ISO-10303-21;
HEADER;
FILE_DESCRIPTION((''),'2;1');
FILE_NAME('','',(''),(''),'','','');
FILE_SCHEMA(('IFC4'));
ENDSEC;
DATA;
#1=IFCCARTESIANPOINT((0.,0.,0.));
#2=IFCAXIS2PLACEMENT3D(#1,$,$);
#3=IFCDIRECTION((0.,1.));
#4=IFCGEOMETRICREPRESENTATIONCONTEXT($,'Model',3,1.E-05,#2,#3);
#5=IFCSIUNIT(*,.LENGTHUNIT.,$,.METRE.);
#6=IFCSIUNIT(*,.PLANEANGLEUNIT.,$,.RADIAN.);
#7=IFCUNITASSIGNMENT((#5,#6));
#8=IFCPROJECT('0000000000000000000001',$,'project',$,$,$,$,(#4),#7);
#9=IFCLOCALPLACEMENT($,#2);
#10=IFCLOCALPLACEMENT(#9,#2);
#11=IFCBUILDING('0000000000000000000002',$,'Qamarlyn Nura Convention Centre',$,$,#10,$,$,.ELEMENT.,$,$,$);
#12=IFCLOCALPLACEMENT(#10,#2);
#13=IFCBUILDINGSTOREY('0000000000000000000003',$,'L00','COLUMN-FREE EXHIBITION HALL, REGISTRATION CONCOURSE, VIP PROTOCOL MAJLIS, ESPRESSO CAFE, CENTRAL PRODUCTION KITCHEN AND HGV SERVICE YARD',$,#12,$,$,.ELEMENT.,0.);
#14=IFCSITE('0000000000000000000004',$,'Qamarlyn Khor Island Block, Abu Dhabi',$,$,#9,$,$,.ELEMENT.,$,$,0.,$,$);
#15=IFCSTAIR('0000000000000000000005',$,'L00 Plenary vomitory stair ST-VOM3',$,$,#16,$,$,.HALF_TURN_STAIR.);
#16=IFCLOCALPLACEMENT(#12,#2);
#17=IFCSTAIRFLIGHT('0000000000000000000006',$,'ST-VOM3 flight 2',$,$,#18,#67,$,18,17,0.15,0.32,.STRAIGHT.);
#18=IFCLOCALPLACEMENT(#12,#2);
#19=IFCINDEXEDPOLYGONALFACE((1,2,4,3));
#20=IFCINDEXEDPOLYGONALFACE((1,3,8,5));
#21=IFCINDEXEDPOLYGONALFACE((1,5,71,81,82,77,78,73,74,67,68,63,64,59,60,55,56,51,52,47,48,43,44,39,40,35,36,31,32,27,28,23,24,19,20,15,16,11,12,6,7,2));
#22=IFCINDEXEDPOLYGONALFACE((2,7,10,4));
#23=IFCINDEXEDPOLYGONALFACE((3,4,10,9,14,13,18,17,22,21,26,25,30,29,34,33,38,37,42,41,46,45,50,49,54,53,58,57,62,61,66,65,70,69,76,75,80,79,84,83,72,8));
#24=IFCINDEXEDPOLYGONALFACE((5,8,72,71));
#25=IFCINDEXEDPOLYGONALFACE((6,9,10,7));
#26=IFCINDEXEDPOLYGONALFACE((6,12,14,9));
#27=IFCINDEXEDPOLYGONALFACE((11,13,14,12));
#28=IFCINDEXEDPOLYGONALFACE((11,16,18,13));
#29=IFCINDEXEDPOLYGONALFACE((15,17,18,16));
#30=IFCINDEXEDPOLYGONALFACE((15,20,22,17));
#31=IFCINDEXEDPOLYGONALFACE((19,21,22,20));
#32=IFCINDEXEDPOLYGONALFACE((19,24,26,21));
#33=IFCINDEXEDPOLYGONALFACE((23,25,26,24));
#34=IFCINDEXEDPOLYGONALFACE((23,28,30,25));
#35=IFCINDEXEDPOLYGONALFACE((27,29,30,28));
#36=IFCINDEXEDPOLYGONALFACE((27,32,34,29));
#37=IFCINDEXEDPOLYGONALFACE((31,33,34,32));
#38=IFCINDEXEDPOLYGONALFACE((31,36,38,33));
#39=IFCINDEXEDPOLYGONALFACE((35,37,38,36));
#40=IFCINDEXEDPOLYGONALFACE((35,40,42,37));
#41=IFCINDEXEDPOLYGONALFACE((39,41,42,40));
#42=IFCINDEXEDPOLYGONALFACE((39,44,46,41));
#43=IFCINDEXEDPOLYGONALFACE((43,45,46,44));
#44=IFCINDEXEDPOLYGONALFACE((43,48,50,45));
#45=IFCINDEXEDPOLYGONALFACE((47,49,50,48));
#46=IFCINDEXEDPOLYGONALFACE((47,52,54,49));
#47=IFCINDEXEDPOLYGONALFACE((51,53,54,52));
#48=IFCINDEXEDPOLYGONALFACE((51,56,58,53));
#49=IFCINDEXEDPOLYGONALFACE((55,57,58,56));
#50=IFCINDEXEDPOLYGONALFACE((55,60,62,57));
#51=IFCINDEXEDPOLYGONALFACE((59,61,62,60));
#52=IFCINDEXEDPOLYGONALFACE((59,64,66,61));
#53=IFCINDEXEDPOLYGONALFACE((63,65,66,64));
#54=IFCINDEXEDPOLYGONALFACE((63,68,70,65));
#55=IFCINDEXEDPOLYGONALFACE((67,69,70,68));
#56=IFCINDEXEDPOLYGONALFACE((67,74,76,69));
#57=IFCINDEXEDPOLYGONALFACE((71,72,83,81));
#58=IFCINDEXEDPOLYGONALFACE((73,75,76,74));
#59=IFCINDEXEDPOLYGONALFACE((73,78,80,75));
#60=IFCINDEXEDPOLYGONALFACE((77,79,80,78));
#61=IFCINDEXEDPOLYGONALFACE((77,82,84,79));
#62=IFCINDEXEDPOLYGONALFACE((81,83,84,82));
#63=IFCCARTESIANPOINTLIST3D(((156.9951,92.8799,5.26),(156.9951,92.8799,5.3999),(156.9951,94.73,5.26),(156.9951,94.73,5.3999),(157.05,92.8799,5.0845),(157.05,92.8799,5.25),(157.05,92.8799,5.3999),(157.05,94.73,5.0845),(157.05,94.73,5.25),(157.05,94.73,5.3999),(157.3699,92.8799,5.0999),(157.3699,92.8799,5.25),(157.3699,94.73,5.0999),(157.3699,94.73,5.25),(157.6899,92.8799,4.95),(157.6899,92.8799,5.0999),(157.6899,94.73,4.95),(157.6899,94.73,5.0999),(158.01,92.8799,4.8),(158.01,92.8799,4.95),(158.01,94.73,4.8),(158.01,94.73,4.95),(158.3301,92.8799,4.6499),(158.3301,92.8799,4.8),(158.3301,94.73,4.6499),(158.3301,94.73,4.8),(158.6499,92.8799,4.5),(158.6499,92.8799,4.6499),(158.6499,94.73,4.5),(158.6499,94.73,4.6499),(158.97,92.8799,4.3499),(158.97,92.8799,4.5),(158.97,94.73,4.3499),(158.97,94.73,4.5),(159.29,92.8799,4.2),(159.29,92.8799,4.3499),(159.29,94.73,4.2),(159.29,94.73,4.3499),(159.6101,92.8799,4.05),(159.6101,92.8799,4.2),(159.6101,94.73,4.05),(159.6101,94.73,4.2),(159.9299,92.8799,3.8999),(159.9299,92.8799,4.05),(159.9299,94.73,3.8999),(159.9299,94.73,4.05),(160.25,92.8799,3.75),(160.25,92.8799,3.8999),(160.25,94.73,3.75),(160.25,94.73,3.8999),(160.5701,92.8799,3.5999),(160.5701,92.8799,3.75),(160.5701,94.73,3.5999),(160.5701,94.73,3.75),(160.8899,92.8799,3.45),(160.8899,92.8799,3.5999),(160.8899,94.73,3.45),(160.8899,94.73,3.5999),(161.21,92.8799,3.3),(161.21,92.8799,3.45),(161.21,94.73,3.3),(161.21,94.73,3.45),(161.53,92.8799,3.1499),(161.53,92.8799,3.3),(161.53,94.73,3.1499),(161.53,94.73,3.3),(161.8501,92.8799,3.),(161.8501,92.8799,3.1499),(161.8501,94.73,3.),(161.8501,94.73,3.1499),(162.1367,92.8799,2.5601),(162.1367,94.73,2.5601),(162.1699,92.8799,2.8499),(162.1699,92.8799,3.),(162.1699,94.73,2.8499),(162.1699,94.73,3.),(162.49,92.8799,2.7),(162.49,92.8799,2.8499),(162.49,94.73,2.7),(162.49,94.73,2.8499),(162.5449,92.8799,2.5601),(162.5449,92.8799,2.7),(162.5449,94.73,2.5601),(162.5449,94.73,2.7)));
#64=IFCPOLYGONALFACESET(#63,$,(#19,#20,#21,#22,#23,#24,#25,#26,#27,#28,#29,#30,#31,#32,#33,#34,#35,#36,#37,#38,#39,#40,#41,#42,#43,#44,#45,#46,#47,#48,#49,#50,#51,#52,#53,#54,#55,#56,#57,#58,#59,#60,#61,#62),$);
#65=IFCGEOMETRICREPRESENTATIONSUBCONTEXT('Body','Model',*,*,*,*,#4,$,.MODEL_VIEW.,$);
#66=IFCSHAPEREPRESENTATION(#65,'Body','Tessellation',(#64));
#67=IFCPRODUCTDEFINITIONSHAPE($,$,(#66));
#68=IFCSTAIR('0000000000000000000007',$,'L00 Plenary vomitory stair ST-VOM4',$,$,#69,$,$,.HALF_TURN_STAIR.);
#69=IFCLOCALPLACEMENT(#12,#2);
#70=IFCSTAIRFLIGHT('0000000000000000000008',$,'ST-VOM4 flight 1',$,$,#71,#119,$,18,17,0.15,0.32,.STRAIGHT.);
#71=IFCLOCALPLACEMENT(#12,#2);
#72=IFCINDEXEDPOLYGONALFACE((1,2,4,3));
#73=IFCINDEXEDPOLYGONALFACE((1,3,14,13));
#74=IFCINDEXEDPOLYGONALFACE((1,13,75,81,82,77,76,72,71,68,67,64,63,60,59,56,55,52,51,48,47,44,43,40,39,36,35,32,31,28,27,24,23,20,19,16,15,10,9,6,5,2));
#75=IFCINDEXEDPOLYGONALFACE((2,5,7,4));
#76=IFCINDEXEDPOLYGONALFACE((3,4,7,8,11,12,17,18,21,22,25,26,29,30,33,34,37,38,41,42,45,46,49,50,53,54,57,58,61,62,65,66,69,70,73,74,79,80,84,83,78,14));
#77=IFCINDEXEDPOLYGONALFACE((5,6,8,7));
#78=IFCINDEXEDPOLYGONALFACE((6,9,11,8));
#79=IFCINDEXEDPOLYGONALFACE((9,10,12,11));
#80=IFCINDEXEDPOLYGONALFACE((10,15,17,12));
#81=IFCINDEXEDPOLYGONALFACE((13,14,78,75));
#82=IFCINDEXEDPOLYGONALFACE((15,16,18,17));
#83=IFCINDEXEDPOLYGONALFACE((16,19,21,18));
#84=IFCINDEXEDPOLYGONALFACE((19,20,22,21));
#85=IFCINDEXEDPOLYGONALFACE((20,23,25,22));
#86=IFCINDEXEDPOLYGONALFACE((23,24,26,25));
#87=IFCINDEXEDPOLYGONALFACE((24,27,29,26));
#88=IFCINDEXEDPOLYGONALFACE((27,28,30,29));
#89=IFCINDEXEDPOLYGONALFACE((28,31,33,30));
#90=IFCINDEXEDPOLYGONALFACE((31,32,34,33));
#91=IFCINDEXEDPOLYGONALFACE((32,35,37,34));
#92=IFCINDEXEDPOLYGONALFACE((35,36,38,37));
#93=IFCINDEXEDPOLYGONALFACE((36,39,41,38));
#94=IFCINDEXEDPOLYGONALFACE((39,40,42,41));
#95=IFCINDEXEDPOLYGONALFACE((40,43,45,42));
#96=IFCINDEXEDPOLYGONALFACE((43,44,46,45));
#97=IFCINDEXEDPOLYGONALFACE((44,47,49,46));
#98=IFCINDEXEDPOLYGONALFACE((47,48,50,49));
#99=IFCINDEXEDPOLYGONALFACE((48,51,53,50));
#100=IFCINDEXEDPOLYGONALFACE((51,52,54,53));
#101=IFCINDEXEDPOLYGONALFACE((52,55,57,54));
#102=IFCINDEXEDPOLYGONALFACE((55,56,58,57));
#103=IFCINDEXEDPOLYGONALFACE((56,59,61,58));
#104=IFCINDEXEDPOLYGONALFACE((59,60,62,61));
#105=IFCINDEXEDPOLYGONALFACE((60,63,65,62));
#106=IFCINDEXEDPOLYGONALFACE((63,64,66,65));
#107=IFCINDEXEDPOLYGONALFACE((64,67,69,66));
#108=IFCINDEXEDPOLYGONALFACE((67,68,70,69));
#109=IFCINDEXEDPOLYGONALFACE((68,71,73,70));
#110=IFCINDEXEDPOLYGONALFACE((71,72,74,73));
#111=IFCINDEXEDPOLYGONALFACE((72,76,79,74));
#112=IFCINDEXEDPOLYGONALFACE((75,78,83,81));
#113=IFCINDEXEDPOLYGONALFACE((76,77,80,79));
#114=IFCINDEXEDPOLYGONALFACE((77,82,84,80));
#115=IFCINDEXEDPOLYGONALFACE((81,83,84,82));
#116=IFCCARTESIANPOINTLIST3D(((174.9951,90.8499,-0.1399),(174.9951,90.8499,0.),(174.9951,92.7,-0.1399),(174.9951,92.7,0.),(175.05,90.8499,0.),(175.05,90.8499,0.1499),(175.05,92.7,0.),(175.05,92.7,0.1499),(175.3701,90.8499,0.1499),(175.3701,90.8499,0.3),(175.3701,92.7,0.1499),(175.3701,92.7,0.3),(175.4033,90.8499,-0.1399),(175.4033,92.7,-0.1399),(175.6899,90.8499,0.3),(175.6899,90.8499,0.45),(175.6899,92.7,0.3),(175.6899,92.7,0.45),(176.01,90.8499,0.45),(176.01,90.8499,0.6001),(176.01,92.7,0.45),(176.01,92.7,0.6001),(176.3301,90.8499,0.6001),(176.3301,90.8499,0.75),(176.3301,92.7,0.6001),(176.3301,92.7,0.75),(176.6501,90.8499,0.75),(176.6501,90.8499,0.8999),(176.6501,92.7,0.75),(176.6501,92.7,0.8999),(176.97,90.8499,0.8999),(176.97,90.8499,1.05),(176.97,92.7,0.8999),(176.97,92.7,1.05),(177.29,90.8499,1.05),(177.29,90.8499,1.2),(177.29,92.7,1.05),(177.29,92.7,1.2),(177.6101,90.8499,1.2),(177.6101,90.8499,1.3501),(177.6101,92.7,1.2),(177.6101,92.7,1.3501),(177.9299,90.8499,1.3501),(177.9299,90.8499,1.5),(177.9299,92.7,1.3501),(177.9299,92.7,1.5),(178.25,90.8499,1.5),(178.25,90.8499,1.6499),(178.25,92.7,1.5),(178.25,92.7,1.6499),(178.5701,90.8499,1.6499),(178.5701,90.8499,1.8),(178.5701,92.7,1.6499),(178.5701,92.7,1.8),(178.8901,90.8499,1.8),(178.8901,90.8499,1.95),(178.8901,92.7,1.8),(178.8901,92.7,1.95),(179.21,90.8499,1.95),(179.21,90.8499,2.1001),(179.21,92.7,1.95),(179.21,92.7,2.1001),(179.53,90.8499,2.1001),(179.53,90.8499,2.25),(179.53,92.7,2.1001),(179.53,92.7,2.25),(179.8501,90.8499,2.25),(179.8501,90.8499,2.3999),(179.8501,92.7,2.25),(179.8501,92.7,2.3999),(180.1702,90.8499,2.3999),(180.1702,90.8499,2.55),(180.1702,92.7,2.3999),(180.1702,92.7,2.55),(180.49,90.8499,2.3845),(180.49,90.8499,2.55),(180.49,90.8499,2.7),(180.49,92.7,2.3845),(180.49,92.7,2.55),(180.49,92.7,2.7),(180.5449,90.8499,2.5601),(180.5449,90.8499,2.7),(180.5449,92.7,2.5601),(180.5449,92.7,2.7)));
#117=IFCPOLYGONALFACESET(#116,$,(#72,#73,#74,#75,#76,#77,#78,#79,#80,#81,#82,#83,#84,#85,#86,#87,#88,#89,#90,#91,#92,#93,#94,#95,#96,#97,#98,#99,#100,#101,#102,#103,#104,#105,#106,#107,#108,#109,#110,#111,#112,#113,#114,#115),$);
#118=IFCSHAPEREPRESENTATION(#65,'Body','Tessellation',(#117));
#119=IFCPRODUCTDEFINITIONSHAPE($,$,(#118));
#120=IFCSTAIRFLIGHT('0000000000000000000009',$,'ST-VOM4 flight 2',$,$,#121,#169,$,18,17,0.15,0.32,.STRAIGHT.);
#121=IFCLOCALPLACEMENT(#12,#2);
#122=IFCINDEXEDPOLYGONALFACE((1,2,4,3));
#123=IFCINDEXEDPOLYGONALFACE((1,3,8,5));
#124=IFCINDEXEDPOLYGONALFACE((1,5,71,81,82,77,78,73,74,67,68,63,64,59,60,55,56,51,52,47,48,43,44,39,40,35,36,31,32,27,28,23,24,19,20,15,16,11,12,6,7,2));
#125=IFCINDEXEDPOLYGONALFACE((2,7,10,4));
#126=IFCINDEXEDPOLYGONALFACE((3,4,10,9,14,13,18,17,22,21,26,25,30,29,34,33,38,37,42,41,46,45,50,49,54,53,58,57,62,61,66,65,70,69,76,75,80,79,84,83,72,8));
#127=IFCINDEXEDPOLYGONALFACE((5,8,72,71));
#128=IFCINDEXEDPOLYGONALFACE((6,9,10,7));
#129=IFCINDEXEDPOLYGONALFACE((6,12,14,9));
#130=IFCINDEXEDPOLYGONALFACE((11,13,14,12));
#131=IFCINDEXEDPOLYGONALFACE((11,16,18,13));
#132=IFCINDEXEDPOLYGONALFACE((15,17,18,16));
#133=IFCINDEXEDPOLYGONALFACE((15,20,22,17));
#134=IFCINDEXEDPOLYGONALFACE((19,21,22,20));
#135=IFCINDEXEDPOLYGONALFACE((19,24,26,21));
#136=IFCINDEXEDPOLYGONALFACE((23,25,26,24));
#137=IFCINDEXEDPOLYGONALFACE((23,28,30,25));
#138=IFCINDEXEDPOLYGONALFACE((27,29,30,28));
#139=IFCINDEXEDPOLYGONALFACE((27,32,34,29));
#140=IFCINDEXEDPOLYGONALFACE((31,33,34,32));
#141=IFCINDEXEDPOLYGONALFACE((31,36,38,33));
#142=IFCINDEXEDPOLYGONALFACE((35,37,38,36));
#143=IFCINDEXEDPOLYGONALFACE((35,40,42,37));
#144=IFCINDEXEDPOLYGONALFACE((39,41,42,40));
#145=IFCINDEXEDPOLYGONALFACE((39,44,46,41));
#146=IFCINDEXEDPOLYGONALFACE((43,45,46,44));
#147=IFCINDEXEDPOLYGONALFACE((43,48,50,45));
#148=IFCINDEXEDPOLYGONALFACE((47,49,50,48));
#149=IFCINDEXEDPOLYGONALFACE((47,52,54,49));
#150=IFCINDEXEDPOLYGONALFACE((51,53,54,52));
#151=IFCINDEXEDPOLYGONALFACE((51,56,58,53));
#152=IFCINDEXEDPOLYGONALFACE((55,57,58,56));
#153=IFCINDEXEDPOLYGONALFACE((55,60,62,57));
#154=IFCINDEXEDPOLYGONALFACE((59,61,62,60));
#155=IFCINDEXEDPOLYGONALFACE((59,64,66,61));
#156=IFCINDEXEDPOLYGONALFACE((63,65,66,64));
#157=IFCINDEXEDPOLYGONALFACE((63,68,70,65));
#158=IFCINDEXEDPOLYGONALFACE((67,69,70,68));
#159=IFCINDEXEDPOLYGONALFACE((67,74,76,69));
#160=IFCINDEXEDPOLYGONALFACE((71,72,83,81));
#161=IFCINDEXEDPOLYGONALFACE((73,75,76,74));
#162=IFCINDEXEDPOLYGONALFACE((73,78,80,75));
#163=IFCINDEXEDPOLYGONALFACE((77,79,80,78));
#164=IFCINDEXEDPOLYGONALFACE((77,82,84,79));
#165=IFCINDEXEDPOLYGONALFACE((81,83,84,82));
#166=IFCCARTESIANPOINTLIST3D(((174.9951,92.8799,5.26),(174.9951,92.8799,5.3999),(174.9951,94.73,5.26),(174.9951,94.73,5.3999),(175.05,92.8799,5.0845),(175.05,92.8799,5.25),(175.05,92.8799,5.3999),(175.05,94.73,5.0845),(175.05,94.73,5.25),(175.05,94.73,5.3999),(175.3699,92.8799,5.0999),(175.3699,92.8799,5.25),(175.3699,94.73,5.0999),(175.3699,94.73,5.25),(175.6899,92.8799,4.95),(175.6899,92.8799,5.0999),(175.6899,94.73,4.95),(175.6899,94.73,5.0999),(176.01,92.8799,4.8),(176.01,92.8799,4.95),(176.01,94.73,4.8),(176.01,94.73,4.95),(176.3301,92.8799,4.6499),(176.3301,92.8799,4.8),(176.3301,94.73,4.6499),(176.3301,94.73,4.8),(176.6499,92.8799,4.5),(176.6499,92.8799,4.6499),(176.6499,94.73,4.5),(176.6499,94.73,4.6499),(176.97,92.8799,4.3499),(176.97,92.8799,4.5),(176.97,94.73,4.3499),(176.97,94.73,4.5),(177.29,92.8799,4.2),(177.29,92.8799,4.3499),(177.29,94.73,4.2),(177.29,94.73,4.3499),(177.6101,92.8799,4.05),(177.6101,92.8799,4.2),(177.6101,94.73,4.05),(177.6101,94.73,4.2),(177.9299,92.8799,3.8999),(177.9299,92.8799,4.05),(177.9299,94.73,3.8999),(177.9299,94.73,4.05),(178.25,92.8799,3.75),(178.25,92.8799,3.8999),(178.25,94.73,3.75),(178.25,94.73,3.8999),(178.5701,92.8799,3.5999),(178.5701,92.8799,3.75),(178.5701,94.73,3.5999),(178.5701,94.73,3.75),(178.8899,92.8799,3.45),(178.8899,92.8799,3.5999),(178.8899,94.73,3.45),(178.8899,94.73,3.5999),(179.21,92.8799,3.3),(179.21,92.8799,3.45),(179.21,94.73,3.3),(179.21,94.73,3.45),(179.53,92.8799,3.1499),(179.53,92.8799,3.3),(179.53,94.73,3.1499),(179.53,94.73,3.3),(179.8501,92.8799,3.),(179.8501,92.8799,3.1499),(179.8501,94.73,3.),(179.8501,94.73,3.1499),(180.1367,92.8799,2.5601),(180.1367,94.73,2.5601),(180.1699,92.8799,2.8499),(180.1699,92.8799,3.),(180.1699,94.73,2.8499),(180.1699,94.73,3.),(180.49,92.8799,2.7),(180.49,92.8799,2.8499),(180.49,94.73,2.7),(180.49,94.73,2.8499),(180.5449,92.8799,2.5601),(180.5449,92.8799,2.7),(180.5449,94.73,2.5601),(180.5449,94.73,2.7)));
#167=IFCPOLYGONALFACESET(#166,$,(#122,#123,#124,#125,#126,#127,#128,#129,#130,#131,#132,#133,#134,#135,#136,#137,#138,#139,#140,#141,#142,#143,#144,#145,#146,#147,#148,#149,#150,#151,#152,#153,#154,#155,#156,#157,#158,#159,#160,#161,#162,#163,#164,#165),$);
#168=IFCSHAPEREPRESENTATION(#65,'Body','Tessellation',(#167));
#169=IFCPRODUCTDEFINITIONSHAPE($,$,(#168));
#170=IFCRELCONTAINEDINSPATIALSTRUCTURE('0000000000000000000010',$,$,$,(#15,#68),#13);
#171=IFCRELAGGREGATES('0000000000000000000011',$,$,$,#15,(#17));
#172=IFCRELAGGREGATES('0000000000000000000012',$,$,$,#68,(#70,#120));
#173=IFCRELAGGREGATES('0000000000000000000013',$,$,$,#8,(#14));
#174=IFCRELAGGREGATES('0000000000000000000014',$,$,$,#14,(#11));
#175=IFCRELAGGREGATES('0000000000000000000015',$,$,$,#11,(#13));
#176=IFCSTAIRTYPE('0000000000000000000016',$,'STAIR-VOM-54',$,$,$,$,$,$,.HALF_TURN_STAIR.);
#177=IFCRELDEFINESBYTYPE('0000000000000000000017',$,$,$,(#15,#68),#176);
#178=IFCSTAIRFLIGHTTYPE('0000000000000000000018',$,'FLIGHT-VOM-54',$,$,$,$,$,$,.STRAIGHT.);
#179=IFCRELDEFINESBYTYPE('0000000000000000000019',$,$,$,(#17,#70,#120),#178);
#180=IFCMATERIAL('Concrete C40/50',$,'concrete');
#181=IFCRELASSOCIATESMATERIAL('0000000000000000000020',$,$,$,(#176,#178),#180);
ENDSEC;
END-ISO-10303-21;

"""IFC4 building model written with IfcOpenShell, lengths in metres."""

from ifc_helpers import new_model, si_unit, direction, frame, origin, place, context, subcontext, project, spatial, polyline, outline, extrude, material, type_object, element, aggregate, save


model = new_model("IFC4")

# Units and contexts
model_context = context("Model", 3, precision=1e-05, world=origin(), true_north=direction((0.0, 1.0)))
body_context = subcontext(model_context, "Body", "Model", "MODEL_VIEW")
ifc_project = project(units=[si_unit("LENGTHUNIT", "METRE"), si_unit("PLANEANGLEUNIT", "RADIAN")], contexts=[model_context])

# Site, building, storey
site_placement = place(None, origin())
site = spatial("IfcSite", under=ifc_project, at=site_placement, Name="Qamarlyn Khor Island Block, Abu Dhabi", CompositionType="ELEMENT", RefElevation=0.0)
building_placement = place(site_placement, origin())
building = spatial("IfcBuilding", under=site, at=building_placement, Name="Qamarlyn Nura Convention Centre", CompositionType="ELEMENT")
storey_placement = place(building_placement, origin())
storey = spatial("IfcBuildingStorey", under=building, at=storey_placement, Name="L00", Description="COLUMN-FREE EXHIBITION HALL, REGISTRATION CONCOURSE, VIP PROTOCOL MAJLIS, ESPRESSO CAFE, CENTRAL PRODUCTION KITCHEN AND HGV SERVICE YARD", CompositionType="ELEMENT", Elevation=0.0)

# Stair, stair flight
ifc_material_1 = material(Name="Concrete C40/50", Category="concrete")
stair_type = type_object("IfcStairType", Name="STAIR-VOM-54", PredefinedType="HALF_TURN_STAIR", material=ifc_material_1)
stair_1_placement = place(storey_placement, origin())
stair_1 = element("IfcStair", 1, at=stair_1_placement, inside=storey, type_object=stair_type, Name="L00 Plenary vomitory stair ST-VOM3", PredefinedType="HALF_TURN_STAIR")
stair_flight_type = type_object("IfcStairFlightType", Name="FLIGHT-VOM-54", PredefinedType="STRAIGHT", material=ifc_material_1)
stair_flight_1_placement = place(storey_placement, frame((162.49, 93.8049, 2.7), z_axis=(0.0, 0.0, 1.0), x_axis=(-1.0, 0.0, 0.0)))
stair_flight_1 = element("IfcStairFlight", 2, at=stair_flight_1_placement, type_object=stair_flight_type, Name="ST-VOM3 flight 2", NumberOfRisers=18, NumberOfTreads=17, PredefinedType="STRAIGHT", RiserHeight=0.15, TreadLength=0.32, context=body_context, shape_type="SweptSolid", body=[
    extrude(outline(polyline([(-0.0549, 0.0), (0.0, 0.0), (0.0, 0.1499), (0.3201, 0.1499), (0.3201, 0.3), (0.6399, 0.3), (0.6399, 0.45), (0.96, 0.45), (0.96, 0.6001), (1.28, 0.6001), (1.28, 0.75), (1.6001, 0.75), (1.6001, 0.8999), (1.9199, 0.8999), (1.9199, 1.05), (2.24, 1.05), (2.24, 1.2), (2.5601, 1.2), (2.5601, 1.3501), (2.8799, 1.3501), (2.8799, 1.5), (3.2, 1.5), (3.2, 1.6499), (3.52, 1.6499), (3.52, 1.8), (3.8401, 1.8), (3.8401, 1.95), (4.1599, 1.95), (4.1599, 2.1001), (4.48, 2.1001), (4.48, 2.25), (4.8, 2.25), (4.8, 2.3999), (5.1201, 2.3999), (5.1201, 2.55), (5.4399, 2.55), (5.4399, 2.7), (5.4949, 2.7), (5.4949, 2.5601), (5.4399, 2.3845), (0.3533, -0.1399), (-0.0549, -0.1399), (-0.0549, 0.0)])), frame((0.0, 0.925, 0.0), z_axis=(0.0, -1.0, 0.0), x_axis=(1.0, 0.0, 0.0)), (0.0, 0.0, 1.0), 1.8501),
])
aggregate(stair_1, [stair_flight_1])

# Stair, stair flights
stair_2_placement = place(storey_placement, origin())
stair_2 = element("IfcStair", 3, at=stair_2_placement, inside=storey, type_object=stair_type, Name="L00 Plenary vomitory stair ST-VOM4", PredefinedType="HALF_TURN_STAIR")
stair_flight_2_placement = place(storey_placement, frame((175.05, 91.7749, 0.0), z_axis=(0.0, 0.0, 1.0), x_axis=(1.0, 0.0, 0.0)))
stair_flight_2 = element("IfcStairFlight", 4, at=stair_flight_2_placement, type_object=stair_flight_type, Name="ST-VOM4 flight 1", NumberOfRisers=18, NumberOfTreads=17, PredefinedType="STRAIGHT", RiserHeight=0.15, TreadLength=0.32, context=body_context, shape_type="SweptSolid", body=[
    extrude(outline(polyline([(-0.0549, 0.0), (0.0, 0.0), (0.0, 0.1499), (0.3201, 0.1499), (0.3201, 0.3), (0.6399, 0.3), (0.6399, 0.45), (0.96, 0.45), (0.96, 0.6001), (1.28, 0.6001), (1.28, 0.75), (1.6001, 0.75), (1.6001, 0.8999), (1.9199, 0.8999), (1.9199, 1.05), (2.24, 1.05), (2.24, 1.2), (2.5601, 1.2), (2.5601, 1.3501), (2.8799, 1.3501), (2.8799, 1.5), (3.2, 1.5), (3.2, 1.6499), (3.52, 1.6499), (3.52, 1.8), (3.8401, 1.8), (3.8401, 1.95), (4.1599, 1.95), (4.1599, 2.1001), (4.48, 2.1001), (4.48, 2.25), (4.8, 2.25), (4.8, 2.3999), (5.1201, 2.3999), (5.1201, 2.55), (5.4399, 2.55), (5.4399, 2.7), (5.4949, 2.7), (5.4949, 2.5601), (5.4399, 2.3845), (0.3533, -0.1399), (-0.0549, -0.1399), (-0.0549, 0.0)])), frame((0.0, 0.925, 0.0), z_axis=(0.0, -1.0, 0.0), x_axis=(1.0, 0.0, 0.0)), (0.0, 0.0, 1.0), 1.8501),
])
stair_flight_3_placement = place(storey_placement, frame((180.49, 93.8049, 2.7), z_axis=(0.0, 0.0, 1.0), x_axis=(-1.0, 0.0, 0.0)))
stair_flight_3 = element("IfcStairFlight", 5, at=stair_flight_3_placement, type_object=stair_flight_type, Name="ST-VOM4 flight 2", NumberOfRisers=18, NumberOfTreads=17, PredefinedType="STRAIGHT", RiserHeight=0.15, TreadLength=0.32, context=body_context, shape_type="SweptSolid", body=[
    extrude(outline(polyline([(-0.0549, 0.0), (0.0, 0.0), (0.0, 0.1499), (0.3201, 0.1499), (0.3201, 0.3), (0.6399, 0.3), (0.6399, 0.45), (0.96, 0.45), (0.96, 0.6001), (1.28, 0.6001), (1.28, 0.75), (1.6001, 0.75), (1.6001, 0.8999), (1.9199, 0.8999), (1.9199, 1.05), (2.24, 1.05), (2.24, 1.2), (2.5601, 1.2), (2.5601, 1.3501), (2.8799, 1.3501), (2.8799, 1.5), (3.2, 1.5), (3.2, 1.6499), (3.52, 1.6499), (3.52, 1.8), (3.8401, 1.8), (3.8401, 1.95), (4.1599, 1.95), (4.1599, 2.1001), (4.48, 2.1001), (4.48, 2.25), (4.8, 2.25), (4.8, 2.3999), (5.1201, 2.3999), (5.1201, 2.55), (5.4399, 2.55), (5.4399, 2.7), (5.4949, 2.7), (5.4949, 2.5601), (5.4399, 2.3845), (0.3533, -0.1399), (-0.0549, -0.1399), (-0.0549, 0.0)])), frame((0.0, 0.925, 0.0), z_axis=(0.0, -1.0, 0.0), x_axis=(1.0, 0.0, 0.0)), (0.0, 0.0, 1.0), 1.8501),
])
aggregate(stair_2, [stair_flight_2, stair_flight_3])

save(model, "model.ifc")
